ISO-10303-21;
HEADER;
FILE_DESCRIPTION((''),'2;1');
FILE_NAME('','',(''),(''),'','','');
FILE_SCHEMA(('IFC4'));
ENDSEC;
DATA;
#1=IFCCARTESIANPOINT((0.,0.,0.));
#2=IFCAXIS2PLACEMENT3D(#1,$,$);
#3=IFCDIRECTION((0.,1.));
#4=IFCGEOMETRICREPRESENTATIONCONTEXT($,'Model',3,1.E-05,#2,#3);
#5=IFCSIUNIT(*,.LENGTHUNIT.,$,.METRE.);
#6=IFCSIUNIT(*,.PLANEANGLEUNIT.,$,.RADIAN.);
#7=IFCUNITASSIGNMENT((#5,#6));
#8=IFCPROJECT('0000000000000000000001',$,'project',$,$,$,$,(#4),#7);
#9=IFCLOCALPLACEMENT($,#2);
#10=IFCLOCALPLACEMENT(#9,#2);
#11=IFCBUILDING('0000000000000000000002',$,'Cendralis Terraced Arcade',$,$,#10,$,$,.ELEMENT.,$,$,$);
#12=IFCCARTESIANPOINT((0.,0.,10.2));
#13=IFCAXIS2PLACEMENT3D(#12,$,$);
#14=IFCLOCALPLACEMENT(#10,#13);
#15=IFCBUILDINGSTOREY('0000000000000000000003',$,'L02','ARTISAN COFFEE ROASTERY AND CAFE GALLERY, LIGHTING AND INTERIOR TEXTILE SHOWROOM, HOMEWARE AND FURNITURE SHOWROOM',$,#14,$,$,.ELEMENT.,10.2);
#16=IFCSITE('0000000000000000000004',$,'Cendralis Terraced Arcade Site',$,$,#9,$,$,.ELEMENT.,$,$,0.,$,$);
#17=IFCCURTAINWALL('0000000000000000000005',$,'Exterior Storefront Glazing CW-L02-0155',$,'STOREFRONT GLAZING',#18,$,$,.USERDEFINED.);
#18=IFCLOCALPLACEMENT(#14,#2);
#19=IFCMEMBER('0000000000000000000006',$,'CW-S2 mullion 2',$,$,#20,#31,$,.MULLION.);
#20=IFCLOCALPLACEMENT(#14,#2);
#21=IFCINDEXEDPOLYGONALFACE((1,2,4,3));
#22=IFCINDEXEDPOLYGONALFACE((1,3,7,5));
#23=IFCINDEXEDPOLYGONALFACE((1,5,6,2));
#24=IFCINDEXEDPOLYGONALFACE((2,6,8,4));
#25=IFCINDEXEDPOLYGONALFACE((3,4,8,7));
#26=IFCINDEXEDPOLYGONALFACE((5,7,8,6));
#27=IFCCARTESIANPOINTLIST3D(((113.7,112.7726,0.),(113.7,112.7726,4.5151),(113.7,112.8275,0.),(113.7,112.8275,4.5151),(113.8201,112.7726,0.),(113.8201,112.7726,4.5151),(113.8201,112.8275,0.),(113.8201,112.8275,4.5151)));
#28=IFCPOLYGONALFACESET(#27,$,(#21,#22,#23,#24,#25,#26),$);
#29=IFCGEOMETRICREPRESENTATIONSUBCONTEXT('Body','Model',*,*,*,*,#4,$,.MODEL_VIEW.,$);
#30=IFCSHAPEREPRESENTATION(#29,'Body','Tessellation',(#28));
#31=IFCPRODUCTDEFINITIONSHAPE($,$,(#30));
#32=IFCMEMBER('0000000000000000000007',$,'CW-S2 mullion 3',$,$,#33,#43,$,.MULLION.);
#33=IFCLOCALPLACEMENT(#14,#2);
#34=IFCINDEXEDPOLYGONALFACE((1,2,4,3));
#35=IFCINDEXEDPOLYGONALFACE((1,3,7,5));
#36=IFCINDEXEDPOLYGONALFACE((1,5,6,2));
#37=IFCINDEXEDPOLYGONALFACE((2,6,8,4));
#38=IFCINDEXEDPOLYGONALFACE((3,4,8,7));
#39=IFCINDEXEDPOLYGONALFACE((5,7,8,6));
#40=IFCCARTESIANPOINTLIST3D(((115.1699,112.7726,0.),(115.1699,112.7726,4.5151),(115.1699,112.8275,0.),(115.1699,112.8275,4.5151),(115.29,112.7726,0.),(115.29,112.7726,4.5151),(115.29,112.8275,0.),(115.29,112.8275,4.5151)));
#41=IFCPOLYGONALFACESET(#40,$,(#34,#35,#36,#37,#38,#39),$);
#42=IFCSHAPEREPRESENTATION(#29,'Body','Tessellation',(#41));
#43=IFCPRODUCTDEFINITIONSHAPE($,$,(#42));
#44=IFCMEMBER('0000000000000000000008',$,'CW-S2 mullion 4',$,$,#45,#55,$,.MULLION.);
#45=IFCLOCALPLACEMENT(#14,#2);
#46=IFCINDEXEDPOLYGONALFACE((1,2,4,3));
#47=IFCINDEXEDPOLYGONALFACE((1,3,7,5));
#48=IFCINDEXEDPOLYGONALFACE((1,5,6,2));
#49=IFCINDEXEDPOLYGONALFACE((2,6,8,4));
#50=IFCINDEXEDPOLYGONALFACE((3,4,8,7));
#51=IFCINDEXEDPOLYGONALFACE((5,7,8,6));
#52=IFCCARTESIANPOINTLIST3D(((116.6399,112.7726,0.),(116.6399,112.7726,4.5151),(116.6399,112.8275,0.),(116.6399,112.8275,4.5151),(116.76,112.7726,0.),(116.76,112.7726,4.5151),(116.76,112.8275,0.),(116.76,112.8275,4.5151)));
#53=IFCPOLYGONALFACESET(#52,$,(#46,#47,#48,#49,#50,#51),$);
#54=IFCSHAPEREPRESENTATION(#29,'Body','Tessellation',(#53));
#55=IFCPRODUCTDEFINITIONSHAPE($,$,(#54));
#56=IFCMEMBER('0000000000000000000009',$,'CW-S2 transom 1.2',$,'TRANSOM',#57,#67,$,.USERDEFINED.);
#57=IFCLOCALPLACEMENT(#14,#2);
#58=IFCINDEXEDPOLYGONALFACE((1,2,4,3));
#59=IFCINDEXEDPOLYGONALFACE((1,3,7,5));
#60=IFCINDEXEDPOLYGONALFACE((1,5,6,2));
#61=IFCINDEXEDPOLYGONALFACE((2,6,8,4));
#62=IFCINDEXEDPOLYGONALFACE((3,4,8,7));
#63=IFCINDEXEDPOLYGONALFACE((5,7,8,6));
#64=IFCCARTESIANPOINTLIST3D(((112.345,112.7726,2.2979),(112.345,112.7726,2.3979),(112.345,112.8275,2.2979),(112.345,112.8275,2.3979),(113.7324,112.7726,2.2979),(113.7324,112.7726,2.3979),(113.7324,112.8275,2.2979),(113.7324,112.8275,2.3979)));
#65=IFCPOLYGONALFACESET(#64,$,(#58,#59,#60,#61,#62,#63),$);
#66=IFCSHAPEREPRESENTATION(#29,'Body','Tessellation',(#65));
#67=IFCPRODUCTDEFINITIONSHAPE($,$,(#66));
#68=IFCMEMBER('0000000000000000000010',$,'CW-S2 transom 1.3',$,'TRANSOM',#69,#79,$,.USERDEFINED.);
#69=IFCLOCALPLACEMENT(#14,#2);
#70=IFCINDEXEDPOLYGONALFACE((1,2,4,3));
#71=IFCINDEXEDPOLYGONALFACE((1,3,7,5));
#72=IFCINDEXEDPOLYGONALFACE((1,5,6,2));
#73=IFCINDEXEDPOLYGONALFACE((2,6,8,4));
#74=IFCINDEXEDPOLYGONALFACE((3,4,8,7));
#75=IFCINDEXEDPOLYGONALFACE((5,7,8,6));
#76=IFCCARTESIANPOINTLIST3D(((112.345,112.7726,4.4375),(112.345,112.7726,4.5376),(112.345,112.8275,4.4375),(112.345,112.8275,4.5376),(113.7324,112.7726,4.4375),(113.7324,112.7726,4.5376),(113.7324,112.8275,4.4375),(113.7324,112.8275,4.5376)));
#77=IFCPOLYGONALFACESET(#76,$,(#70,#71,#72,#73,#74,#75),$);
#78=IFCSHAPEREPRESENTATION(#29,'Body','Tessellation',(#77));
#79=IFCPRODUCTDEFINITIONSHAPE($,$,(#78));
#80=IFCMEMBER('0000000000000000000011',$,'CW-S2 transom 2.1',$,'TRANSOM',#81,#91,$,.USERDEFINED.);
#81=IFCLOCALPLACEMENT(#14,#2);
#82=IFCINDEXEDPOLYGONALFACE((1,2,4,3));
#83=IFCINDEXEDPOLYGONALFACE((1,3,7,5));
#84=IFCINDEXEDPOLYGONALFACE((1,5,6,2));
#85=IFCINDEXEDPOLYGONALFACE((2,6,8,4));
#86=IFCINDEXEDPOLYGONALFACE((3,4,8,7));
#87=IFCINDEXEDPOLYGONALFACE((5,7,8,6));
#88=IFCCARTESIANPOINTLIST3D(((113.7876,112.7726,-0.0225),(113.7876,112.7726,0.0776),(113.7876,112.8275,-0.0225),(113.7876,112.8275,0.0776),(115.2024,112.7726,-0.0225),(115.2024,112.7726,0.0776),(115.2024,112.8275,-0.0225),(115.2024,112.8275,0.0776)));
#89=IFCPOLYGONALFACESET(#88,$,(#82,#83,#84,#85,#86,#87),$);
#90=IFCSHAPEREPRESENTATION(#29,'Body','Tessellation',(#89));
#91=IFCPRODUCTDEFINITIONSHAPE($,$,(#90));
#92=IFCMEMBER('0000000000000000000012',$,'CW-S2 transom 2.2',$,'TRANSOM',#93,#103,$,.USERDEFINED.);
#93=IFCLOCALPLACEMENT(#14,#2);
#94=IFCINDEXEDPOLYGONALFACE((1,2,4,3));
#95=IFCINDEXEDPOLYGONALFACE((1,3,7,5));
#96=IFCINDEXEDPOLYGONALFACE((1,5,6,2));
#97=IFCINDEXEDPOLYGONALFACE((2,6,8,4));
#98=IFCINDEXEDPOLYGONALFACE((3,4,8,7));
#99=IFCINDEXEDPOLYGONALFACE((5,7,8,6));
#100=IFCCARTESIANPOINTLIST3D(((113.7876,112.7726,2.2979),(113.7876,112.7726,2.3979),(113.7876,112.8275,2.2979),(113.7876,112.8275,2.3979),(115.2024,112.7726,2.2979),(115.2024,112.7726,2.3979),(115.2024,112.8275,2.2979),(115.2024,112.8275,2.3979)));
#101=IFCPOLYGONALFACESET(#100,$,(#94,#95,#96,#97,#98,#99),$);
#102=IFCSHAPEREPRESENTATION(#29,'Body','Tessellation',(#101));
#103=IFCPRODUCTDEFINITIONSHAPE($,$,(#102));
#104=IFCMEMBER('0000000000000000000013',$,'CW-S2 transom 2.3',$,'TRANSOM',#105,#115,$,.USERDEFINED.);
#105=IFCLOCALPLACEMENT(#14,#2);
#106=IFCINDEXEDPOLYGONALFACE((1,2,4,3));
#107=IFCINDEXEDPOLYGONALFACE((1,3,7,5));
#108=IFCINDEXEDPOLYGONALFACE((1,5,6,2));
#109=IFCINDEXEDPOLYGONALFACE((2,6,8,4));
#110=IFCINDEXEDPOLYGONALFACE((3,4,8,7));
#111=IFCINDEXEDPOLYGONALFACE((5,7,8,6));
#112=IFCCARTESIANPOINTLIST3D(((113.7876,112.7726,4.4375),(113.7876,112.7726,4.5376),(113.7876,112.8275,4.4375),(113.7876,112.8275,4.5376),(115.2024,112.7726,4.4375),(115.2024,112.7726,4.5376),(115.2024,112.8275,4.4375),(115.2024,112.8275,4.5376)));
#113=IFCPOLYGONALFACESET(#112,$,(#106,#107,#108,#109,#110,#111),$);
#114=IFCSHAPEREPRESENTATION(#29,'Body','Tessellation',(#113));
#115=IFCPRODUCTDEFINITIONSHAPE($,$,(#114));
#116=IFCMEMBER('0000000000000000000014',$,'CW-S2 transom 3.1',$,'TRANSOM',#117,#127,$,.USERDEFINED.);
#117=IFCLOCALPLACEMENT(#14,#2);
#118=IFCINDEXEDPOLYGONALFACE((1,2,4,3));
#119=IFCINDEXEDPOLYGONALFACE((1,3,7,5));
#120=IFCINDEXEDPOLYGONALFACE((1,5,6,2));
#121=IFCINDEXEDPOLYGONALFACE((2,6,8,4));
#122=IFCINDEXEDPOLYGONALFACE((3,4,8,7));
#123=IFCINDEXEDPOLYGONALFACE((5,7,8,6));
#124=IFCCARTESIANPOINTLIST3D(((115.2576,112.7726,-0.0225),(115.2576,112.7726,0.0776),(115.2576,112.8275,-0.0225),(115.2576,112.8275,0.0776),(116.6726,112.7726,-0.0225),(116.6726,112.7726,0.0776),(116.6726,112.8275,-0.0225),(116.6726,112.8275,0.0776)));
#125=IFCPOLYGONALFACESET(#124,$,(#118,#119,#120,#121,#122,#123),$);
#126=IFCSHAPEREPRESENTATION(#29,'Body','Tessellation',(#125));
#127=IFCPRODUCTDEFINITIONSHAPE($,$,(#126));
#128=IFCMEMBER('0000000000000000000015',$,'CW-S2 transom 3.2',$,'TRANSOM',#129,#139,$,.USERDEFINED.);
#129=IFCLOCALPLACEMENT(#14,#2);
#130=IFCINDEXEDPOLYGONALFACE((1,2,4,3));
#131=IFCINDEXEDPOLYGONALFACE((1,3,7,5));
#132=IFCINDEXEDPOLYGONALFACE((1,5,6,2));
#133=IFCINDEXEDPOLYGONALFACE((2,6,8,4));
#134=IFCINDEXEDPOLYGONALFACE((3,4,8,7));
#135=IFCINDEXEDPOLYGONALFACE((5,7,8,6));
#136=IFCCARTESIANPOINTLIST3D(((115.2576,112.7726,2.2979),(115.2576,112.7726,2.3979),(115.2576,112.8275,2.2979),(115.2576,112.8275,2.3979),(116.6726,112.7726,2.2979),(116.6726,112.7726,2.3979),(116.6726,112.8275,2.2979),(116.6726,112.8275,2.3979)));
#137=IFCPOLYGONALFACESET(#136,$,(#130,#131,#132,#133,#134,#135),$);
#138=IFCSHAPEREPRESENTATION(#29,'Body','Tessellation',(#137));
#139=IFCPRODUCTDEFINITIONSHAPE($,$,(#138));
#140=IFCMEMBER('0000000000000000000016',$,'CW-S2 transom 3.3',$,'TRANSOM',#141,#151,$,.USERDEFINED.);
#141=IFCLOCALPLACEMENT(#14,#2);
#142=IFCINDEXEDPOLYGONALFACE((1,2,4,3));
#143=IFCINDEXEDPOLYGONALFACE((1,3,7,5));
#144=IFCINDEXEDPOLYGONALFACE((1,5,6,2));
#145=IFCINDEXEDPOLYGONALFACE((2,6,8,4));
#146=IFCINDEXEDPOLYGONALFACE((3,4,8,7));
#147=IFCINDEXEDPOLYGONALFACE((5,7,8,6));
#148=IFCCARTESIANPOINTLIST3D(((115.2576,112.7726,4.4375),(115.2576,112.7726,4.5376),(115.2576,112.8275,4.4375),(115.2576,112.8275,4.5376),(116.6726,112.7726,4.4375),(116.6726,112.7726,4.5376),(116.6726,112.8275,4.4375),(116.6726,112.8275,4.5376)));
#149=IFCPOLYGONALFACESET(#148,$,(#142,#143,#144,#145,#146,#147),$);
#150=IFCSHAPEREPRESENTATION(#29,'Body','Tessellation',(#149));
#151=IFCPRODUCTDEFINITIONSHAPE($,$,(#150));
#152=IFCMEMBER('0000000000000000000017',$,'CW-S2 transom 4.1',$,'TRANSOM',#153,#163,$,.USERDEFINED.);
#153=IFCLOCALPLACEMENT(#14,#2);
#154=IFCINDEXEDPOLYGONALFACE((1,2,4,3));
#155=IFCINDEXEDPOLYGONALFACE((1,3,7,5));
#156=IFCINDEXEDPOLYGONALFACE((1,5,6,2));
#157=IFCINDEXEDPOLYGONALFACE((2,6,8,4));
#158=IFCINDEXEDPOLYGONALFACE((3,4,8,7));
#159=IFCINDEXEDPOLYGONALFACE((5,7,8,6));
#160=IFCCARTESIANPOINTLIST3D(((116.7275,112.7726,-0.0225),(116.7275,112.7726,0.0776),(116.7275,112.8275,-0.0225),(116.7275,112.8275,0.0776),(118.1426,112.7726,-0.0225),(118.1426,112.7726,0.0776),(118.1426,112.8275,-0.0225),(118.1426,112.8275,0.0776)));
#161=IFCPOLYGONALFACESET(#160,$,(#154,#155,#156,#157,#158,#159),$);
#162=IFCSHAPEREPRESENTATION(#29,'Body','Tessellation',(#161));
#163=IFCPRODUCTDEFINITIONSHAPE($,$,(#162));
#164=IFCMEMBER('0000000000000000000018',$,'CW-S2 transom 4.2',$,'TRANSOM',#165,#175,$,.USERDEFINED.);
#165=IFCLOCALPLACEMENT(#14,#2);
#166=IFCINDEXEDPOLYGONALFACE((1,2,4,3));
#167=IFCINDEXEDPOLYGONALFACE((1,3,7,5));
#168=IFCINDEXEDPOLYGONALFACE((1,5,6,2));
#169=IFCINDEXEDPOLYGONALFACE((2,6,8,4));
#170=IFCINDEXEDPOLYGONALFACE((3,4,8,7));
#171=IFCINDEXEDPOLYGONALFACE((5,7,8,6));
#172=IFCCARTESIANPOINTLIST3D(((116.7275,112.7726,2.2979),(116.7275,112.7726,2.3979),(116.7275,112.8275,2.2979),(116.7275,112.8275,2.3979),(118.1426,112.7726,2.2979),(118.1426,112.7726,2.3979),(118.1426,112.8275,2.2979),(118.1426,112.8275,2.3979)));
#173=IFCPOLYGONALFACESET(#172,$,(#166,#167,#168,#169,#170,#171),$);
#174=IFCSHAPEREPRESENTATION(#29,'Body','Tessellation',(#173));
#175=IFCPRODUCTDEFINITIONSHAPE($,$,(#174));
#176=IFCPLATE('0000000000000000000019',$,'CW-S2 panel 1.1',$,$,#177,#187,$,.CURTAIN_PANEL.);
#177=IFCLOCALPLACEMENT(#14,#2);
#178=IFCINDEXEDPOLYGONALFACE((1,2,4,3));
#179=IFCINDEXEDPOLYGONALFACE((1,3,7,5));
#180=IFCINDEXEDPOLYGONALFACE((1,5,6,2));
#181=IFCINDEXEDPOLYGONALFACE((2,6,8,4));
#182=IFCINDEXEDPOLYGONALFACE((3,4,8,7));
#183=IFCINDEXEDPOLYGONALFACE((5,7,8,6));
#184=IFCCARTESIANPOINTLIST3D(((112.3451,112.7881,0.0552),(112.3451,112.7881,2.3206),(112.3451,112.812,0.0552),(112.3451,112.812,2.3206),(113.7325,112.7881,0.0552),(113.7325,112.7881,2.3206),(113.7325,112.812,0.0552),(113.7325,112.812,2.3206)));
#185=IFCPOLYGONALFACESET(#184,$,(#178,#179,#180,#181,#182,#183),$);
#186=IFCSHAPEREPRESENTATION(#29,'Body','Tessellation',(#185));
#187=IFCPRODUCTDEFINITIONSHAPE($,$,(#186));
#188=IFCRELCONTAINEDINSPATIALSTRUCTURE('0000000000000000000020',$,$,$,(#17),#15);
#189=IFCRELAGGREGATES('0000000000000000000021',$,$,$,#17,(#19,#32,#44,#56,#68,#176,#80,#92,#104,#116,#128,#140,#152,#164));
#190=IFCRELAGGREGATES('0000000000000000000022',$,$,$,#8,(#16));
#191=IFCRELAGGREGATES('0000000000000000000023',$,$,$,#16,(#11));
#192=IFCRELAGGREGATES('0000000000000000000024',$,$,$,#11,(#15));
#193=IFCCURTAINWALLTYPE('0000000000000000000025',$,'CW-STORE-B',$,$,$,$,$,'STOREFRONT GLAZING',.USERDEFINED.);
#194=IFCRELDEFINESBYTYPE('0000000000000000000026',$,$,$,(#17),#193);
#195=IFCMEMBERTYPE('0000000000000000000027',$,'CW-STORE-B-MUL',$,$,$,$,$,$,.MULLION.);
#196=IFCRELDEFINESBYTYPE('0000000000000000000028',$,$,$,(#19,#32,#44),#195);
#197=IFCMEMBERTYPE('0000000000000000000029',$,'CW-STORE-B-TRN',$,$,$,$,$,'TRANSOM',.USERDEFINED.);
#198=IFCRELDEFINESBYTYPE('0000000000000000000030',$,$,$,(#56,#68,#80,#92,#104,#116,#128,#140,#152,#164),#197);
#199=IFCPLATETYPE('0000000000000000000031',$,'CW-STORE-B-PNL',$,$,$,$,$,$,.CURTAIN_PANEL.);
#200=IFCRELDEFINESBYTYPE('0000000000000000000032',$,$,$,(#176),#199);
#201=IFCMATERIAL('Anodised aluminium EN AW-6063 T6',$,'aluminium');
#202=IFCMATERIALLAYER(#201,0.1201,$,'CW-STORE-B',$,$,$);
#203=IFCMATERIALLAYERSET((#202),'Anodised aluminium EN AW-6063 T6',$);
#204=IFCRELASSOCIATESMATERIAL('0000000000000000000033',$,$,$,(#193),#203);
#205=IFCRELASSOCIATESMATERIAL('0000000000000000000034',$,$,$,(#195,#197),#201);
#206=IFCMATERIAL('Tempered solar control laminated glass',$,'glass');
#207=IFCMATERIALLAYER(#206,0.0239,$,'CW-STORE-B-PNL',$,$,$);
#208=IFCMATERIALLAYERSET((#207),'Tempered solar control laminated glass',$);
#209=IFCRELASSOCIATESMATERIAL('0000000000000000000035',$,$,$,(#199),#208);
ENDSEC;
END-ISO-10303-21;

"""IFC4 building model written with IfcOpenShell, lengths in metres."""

from ifc_helpers import new_model, si_unit, direction, frame, origin, origin_2d, place, context, subcontext, project, spatial, rectangle, extrude, material, layer, layer_set, material_profile, profile_set, type_object, element, aggregate, save


model = new_model("IFC4")

# Units and contexts
model_context = context("Model", 3, precision=1e-05, world=origin(), true_north=direction((0.0, 1.0)))
body_context = subcontext(model_context, "Body", "Model", "MODEL_VIEW")
ifc_project = project(units=[si_unit("LENGTHUNIT", "METRE"), si_unit("PLANEANGLEUNIT", "RADIAN")], contexts=[model_context])

# Site, building, storey
site_placement = place(None, origin())
site = spatial("IfcSite", under=ifc_project, at=site_placement, Name="Cendralis Terraced Arcade Site", CompositionType="ELEMENT", RefElevation=0.0)
building_placement = place(site_placement, origin())
building = spatial("IfcBuilding", under=site, at=building_placement, Name="Cendralis Terraced Arcade", CompositionType="ELEMENT")
storey_placement = place(building_placement, frame((0.0, 0.0, 10.2)))
storey = spatial("IfcBuildingStorey", under=building, at=storey_placement, Name="L02", Description="ARTISAN COFFEE ROASTERY AND CAFE GALLERY, LIGHTING AND INTERIOR TEXTILE SHOWROOM, HOMEWARE AND FURNITURE SHOWROOM", CompositionType="ELEMENT", Elevation=10.2)

# Curtain wall, members, plate
ifc_material_1 = material(Name="Anodised aluminium EN AW-6063 T6", Category="aluminium")
ifc_layer_1 = layer(ifc_material_1, 0.1201, Name="CW-STORE-B")
ifc_layer_set_1 = layer_set([ifc_layer_1], Name="Anodised aluminium EN AW-6063 T6")
curtain_wall_type = type_object("IfcCurtainWallType", Name="CW-STORE-B", ElementType="STOREFRONT GLAZING", PredefinedType="USERDEFINED", material=ifc_layer_set_1)
curtain_wall_placement = place(storey_placement, origin())
curtain_wall = element("IfcCurtainWall", 1, at=curtain_wall_placement, inside=storey, type_object=curtain_wall_type, Name="Exterior Storefront Glazing CW-L02-0155", ObjectType="STOREFRONT GLAZING", PredefinedType="USERDEFINED")
ifc_material_profile_1 = material_profile(ifc_material_1, rectangle(XDim=0.0549, YDim=0.1201, at=origin_2d()), Name="ALU-MUL-55x120")
ifc_profile_set_1 = profile_set([ifc_material_profile_1], Name="Anodised aluminium EN AW-6063 T6")
member_type_1 = type_object("IfcMemberType", Name="CW-STORE-B-MUL", PredefinedType="MULLION", material=ifc_profile_set_1)
member_1_placement = place(storey_placement, frame((113.76, 112.8, 0.0), z_axis=(0.0, 0.0, 1.0), x_axis=(0.0, 1.0, 0.0)))
member_1 = element("IfcMember", 2, at=member_1_placement, type_object=member_type_1, Name="CW-S2 mullion 2", PredefinedType="MULLION", context=body_context, shape_type="SweptSolid", body=[
    extrude(rectangle(XDim=0.0549, YDim=0.1201, at=origin_2d()), origin(), (0.0, 0.0, 1.0), 4.5151),
])
member_2_placement = place(storey_placement, frame((115.23, 112.8, 0.0), z_axis=(0.0, 0.0, 1.0), x_axis=(0.0, 1.0, 0.0)))
member_2 = element("IfcMember", 3, at=member_2_placement, type_object=member_type_1, Name="CW-S2 mullion 3", PredefinedType="MULLION", context=body_context, shape_type="SweptSolid", body=[
    extrude(rectangle(XDim=0.0549, YDim=0.1201, at=origin_2d()), origin(), (0.0, 0.0, 1.0), 4.5151),
])
member_3_placement = place(storey_placement, frame((116.7, 112.8, 0.0), z_axis=(0.0, 0.0, 1.0), x_axis=(0.0, 1.0, 0.0)))
member_3 = element("IfcMember", 4, at=member_3_placement, type_object=member_type_1, Name="CW-S2 mullion 4", PredefinedType="MULLION", context=body_context, shape_type="SweptSolid", body=[
    extrude(rectangle(XDim=0.0549, YDim=0.1201, at=origin_2d()), origin(), (0.0, 0.0, 1.0), 4.5151),
])
ifc_material_profile_2 = material_profile(ifc_material_1, rectangle(XDim=0.0549, YDim=0.1001, at=origin_2d()), Name="ALU-TRN-55x100")
ifc_profile_set_2 = profile_set([ifc_material_profile_2], Name="Anodised aluminium EN AW-6063 T6")
member_type_2 = type_object("IfcMemberType", Name="CW-STORE-B-TRN", ElementType="TRANSOM", PredefinedType="USERDEFINED", material=ifc_profile_set_2)
member_4_placement = place(storey_placement, frame((112.345, 112.8, 2.3479), z_axis=(1.0, 0.0, 0.0), x_axis=(0.0, 1.0, 0.0)))
member_4 = element("IfcMember", 5, at=member_4_placement, type_object=member_type_2, Name="CW-S2 transom 1.2", ObjectType="TRANSOM", PredefinedType="USERDEFINED", context=body_context, shape_type="SweptSolid", body=[
    extrude(rectangle(XDim=0.0549, YDim=0.1001, at=origin_2d()), origin(), (0.0, 0.0, 1.0), 1.3875),
])
member_5_placement = place(storey_placement, frame((112.345, 112.8, 4.4875), z_axis=(1.0, 0.0, 0.0), x_axis=(0.0, 1.0, 0.0)))
member_5 = element("IfcMember", 6, at=member_5_placement, type_object=member_type_2, Name="CW-S2 transom 1.3", ObjectType="TRANSOM", PredefinedType="USERDEFINED", context=body_context, shape_type="SweptSolid", body=[
    extrude(rectangle(XDim=0.0549, YDim=0.1001, at=origin_2d()), origin(), (0.0, 0.0, 1.0), 1.3875),
])
member_6_placement = place(storey_placement, frame((113.7876, 112.8, 0.0276), z_axis=(1.0, 0.0, 0.0), x_axis=(0.0, 1.0, 0.0)))
member_6 = element("IfcMember", 7, at=member_6_placement, type_object=member_type_2, Name="CW-S2 transom 2.1", ObjectType="TRANSOM", PredefinedType="USERDEFINED", context=body_context, shape_type="SweptSolid", body=[
    extrude(rectangle(XDim=0.0549, YDim=0.1001, at=origin_2d()), origin(), (0.0, 0.0, 1.0), 1.4148),
])
member_7_placement = place(storey_placement, frame((113.7876, 112.8, 2.3479), z_axis=(1.0, 0.0, 0.0), x_axis=(0.0, 1.0, 0.0)))
member_7 = element("IfcMember", 8, at=member_7_placement, type_object=member_type_2, Name="CW-S2 transom 2.2", ObjectType="TRANSOM", PredefinedType="USERDEFINED", context=body_context, shape_type="SweptSolid", body=[
    extrude(rectangle(XDim=0.0549, YDim=0.1001, at=origin_2d()), origin(), (0.0, 0.0, 1.0), 1.4148),
])
member_8_placement = place(storey_placement, frame((113.7876, 112.8, 4.4875), z_axis=(1.0, 0.0, 0.0), x_axis=(0.0, 1.0, 0.0)))
member_8 = element("IfcMember", 9, at=member_8_placement, type_object=member_type_2, Name="CW-S2 transom 2.3", ObjectType="TRANSOM", PredefinedType="USERDEFINED", context=body_context, shape_type="SweptSolid", body=[
    extrude(rectangle(XDim=0.0549, YDim=0.1001, at=origin_2d()), origin(), (0.0, 0.0, 1.0), 1.4148),
])
member_9_placement = place(storey_placement, frame((115.2576, 112.8, 0.0276), z_axis=(1.0, 0.0, 0.0), x_axis=(0.0, 1.0, 0.0)))
member_9 = element("IfcMember", 10, at=member_9_placement, type_object=member_type_2, Name="CW-S2 transom 3.1", ObjectType="TRANSOM", PredefinedType="USERDEFINED", context=body_context, shape_type="SweptSolid", body=[
    extrude(rectangle(XDim=0.0549, YDim=0.1001, at=origin_2d()), origin(), (0.0, 0.0, 1.0), 1.415),
])
member_10_placement = place(storey_placement, frame((115.2576, 112.8, 2.3479), z_axis=(1.0, 0.0, 0.0), x_axis=(0.0, 1.0, 0.0)))
member_10 = element("IfcMember", 11, at=member_10_placement, type_object=member_type_2, Name="CW-S2 transom 3.2", ObjectType="TRANSOM", PredefinedType="USERDEFINED", context=body_context, shape_type="SweptSolid", body=[
    extrude(rectangle(XDim=0.0549, YDim=0.1001, at=origin_2d()), origin(), (0.0, 0.0, 1.0), 1.415),
])
member_11_placement = place(storey_placement, frame((115.2576, 112.8, 4.4875), z_axis=(1.0, 0.0, 0.0), x_axis=(0.0, 1.0, 0.0)))
member_11 = element("IfcMember", 12, at=member_11_placement, type_object=member_type_2, Name="CW-S2 transom 3.3", ObjectType="TRANSOM", PredefinedType="USERDEFINED", context=body_context, shape_type="SweptSolid", body=[
    extrude(rectangle(XDim=0.0549, YDim=0.1001, at=origin_2d()), origin(), (0.0, 0.0, 1.0), 1.415),
])
member_12_placement = place(storey_placement, frame((116.7275, 112.8, 0.0276), z_axis=(1.0, 0.0, 0.0), x_axis=(0.0, 1.0, 0.0)))
member_12 = element("IfcMember", 13, at=member_12_placement, type_object=member_type_2, Name="CW-S2 transom 4.1", ObjectType="TRANSOM", PredefinedType="USERDEFINED", context=body_context, shape_type="SweptSolid", body=[
    extrude(rectangle(XDim=0.0549, YDim=0.1001, at=origin_2d()), origin(), (0.0, 0.0, 1.0), 1.415),
])
member_13_placement = place(storey_placement, frame((116.7275, 112.8, 2.3479), z_axis=(1.0, 0.0, 0.0), x_axis=(0.0, 1.0, 0.0)))
member_13 = element("IfcMember", 14, at=member_13_placement, type_object=member_type_2, Name="CW-S2 transom 4.2", ObjectType="TRANSOM", PredefinedType="USERDEFINED", context=body_context, shape_type="SweptSolid", body=[
    extrude(rectangle(XDim=0.0549, YDim=0.1001, at=origin_2d()), origin(), (0.0, 0.0, 1.0), 1.415),
])
ifc_material_2 = material(Name="Tempered solar control laminated glass", Category="glass")
ifc_layer_2 = layer(ifc_material_2, 0.0239, Name="CW-STORE-B-PNL")
ifc_layer_set_2 = layer_set([ifc_layer_2], Name="Tempered solar control laminated glass")
plate_type = type_object("IfcPlateType", Name="CW-STORE-B-PNL", PredefinedType="CURTAIN_PANEL", material=ifc_layer_set_2)
plate_1_placement = place(storey_placement, frame((113.0388, 112.8, 0.0552), z_axis=(0.0, 0.0, 1.0), x_axis=(1.0, 0.0, 0.0)))
plate_1 = element("IfcPlate", 15, at=plate_1_placement, type_object=plate_type, Name="CW-S2 panel 1.1", PredefinedType="CURTAIN_PANEL", context=body_context, shape_type="SweptSolid", body=[
    extrude(rectangle(XDim=1.3875, YDim=0.0239, at=origin_2d()), origin(), (0.0, 0.0, 1.0), 2.2654),
])
aggregate(curtain_wall, [member_1, member_2, member_3, member_4, member_5, plate_1, member_6, member_7, member_8, member_9, member_10, member_11, member_12, member_13])

save(model, "model.ifc")
